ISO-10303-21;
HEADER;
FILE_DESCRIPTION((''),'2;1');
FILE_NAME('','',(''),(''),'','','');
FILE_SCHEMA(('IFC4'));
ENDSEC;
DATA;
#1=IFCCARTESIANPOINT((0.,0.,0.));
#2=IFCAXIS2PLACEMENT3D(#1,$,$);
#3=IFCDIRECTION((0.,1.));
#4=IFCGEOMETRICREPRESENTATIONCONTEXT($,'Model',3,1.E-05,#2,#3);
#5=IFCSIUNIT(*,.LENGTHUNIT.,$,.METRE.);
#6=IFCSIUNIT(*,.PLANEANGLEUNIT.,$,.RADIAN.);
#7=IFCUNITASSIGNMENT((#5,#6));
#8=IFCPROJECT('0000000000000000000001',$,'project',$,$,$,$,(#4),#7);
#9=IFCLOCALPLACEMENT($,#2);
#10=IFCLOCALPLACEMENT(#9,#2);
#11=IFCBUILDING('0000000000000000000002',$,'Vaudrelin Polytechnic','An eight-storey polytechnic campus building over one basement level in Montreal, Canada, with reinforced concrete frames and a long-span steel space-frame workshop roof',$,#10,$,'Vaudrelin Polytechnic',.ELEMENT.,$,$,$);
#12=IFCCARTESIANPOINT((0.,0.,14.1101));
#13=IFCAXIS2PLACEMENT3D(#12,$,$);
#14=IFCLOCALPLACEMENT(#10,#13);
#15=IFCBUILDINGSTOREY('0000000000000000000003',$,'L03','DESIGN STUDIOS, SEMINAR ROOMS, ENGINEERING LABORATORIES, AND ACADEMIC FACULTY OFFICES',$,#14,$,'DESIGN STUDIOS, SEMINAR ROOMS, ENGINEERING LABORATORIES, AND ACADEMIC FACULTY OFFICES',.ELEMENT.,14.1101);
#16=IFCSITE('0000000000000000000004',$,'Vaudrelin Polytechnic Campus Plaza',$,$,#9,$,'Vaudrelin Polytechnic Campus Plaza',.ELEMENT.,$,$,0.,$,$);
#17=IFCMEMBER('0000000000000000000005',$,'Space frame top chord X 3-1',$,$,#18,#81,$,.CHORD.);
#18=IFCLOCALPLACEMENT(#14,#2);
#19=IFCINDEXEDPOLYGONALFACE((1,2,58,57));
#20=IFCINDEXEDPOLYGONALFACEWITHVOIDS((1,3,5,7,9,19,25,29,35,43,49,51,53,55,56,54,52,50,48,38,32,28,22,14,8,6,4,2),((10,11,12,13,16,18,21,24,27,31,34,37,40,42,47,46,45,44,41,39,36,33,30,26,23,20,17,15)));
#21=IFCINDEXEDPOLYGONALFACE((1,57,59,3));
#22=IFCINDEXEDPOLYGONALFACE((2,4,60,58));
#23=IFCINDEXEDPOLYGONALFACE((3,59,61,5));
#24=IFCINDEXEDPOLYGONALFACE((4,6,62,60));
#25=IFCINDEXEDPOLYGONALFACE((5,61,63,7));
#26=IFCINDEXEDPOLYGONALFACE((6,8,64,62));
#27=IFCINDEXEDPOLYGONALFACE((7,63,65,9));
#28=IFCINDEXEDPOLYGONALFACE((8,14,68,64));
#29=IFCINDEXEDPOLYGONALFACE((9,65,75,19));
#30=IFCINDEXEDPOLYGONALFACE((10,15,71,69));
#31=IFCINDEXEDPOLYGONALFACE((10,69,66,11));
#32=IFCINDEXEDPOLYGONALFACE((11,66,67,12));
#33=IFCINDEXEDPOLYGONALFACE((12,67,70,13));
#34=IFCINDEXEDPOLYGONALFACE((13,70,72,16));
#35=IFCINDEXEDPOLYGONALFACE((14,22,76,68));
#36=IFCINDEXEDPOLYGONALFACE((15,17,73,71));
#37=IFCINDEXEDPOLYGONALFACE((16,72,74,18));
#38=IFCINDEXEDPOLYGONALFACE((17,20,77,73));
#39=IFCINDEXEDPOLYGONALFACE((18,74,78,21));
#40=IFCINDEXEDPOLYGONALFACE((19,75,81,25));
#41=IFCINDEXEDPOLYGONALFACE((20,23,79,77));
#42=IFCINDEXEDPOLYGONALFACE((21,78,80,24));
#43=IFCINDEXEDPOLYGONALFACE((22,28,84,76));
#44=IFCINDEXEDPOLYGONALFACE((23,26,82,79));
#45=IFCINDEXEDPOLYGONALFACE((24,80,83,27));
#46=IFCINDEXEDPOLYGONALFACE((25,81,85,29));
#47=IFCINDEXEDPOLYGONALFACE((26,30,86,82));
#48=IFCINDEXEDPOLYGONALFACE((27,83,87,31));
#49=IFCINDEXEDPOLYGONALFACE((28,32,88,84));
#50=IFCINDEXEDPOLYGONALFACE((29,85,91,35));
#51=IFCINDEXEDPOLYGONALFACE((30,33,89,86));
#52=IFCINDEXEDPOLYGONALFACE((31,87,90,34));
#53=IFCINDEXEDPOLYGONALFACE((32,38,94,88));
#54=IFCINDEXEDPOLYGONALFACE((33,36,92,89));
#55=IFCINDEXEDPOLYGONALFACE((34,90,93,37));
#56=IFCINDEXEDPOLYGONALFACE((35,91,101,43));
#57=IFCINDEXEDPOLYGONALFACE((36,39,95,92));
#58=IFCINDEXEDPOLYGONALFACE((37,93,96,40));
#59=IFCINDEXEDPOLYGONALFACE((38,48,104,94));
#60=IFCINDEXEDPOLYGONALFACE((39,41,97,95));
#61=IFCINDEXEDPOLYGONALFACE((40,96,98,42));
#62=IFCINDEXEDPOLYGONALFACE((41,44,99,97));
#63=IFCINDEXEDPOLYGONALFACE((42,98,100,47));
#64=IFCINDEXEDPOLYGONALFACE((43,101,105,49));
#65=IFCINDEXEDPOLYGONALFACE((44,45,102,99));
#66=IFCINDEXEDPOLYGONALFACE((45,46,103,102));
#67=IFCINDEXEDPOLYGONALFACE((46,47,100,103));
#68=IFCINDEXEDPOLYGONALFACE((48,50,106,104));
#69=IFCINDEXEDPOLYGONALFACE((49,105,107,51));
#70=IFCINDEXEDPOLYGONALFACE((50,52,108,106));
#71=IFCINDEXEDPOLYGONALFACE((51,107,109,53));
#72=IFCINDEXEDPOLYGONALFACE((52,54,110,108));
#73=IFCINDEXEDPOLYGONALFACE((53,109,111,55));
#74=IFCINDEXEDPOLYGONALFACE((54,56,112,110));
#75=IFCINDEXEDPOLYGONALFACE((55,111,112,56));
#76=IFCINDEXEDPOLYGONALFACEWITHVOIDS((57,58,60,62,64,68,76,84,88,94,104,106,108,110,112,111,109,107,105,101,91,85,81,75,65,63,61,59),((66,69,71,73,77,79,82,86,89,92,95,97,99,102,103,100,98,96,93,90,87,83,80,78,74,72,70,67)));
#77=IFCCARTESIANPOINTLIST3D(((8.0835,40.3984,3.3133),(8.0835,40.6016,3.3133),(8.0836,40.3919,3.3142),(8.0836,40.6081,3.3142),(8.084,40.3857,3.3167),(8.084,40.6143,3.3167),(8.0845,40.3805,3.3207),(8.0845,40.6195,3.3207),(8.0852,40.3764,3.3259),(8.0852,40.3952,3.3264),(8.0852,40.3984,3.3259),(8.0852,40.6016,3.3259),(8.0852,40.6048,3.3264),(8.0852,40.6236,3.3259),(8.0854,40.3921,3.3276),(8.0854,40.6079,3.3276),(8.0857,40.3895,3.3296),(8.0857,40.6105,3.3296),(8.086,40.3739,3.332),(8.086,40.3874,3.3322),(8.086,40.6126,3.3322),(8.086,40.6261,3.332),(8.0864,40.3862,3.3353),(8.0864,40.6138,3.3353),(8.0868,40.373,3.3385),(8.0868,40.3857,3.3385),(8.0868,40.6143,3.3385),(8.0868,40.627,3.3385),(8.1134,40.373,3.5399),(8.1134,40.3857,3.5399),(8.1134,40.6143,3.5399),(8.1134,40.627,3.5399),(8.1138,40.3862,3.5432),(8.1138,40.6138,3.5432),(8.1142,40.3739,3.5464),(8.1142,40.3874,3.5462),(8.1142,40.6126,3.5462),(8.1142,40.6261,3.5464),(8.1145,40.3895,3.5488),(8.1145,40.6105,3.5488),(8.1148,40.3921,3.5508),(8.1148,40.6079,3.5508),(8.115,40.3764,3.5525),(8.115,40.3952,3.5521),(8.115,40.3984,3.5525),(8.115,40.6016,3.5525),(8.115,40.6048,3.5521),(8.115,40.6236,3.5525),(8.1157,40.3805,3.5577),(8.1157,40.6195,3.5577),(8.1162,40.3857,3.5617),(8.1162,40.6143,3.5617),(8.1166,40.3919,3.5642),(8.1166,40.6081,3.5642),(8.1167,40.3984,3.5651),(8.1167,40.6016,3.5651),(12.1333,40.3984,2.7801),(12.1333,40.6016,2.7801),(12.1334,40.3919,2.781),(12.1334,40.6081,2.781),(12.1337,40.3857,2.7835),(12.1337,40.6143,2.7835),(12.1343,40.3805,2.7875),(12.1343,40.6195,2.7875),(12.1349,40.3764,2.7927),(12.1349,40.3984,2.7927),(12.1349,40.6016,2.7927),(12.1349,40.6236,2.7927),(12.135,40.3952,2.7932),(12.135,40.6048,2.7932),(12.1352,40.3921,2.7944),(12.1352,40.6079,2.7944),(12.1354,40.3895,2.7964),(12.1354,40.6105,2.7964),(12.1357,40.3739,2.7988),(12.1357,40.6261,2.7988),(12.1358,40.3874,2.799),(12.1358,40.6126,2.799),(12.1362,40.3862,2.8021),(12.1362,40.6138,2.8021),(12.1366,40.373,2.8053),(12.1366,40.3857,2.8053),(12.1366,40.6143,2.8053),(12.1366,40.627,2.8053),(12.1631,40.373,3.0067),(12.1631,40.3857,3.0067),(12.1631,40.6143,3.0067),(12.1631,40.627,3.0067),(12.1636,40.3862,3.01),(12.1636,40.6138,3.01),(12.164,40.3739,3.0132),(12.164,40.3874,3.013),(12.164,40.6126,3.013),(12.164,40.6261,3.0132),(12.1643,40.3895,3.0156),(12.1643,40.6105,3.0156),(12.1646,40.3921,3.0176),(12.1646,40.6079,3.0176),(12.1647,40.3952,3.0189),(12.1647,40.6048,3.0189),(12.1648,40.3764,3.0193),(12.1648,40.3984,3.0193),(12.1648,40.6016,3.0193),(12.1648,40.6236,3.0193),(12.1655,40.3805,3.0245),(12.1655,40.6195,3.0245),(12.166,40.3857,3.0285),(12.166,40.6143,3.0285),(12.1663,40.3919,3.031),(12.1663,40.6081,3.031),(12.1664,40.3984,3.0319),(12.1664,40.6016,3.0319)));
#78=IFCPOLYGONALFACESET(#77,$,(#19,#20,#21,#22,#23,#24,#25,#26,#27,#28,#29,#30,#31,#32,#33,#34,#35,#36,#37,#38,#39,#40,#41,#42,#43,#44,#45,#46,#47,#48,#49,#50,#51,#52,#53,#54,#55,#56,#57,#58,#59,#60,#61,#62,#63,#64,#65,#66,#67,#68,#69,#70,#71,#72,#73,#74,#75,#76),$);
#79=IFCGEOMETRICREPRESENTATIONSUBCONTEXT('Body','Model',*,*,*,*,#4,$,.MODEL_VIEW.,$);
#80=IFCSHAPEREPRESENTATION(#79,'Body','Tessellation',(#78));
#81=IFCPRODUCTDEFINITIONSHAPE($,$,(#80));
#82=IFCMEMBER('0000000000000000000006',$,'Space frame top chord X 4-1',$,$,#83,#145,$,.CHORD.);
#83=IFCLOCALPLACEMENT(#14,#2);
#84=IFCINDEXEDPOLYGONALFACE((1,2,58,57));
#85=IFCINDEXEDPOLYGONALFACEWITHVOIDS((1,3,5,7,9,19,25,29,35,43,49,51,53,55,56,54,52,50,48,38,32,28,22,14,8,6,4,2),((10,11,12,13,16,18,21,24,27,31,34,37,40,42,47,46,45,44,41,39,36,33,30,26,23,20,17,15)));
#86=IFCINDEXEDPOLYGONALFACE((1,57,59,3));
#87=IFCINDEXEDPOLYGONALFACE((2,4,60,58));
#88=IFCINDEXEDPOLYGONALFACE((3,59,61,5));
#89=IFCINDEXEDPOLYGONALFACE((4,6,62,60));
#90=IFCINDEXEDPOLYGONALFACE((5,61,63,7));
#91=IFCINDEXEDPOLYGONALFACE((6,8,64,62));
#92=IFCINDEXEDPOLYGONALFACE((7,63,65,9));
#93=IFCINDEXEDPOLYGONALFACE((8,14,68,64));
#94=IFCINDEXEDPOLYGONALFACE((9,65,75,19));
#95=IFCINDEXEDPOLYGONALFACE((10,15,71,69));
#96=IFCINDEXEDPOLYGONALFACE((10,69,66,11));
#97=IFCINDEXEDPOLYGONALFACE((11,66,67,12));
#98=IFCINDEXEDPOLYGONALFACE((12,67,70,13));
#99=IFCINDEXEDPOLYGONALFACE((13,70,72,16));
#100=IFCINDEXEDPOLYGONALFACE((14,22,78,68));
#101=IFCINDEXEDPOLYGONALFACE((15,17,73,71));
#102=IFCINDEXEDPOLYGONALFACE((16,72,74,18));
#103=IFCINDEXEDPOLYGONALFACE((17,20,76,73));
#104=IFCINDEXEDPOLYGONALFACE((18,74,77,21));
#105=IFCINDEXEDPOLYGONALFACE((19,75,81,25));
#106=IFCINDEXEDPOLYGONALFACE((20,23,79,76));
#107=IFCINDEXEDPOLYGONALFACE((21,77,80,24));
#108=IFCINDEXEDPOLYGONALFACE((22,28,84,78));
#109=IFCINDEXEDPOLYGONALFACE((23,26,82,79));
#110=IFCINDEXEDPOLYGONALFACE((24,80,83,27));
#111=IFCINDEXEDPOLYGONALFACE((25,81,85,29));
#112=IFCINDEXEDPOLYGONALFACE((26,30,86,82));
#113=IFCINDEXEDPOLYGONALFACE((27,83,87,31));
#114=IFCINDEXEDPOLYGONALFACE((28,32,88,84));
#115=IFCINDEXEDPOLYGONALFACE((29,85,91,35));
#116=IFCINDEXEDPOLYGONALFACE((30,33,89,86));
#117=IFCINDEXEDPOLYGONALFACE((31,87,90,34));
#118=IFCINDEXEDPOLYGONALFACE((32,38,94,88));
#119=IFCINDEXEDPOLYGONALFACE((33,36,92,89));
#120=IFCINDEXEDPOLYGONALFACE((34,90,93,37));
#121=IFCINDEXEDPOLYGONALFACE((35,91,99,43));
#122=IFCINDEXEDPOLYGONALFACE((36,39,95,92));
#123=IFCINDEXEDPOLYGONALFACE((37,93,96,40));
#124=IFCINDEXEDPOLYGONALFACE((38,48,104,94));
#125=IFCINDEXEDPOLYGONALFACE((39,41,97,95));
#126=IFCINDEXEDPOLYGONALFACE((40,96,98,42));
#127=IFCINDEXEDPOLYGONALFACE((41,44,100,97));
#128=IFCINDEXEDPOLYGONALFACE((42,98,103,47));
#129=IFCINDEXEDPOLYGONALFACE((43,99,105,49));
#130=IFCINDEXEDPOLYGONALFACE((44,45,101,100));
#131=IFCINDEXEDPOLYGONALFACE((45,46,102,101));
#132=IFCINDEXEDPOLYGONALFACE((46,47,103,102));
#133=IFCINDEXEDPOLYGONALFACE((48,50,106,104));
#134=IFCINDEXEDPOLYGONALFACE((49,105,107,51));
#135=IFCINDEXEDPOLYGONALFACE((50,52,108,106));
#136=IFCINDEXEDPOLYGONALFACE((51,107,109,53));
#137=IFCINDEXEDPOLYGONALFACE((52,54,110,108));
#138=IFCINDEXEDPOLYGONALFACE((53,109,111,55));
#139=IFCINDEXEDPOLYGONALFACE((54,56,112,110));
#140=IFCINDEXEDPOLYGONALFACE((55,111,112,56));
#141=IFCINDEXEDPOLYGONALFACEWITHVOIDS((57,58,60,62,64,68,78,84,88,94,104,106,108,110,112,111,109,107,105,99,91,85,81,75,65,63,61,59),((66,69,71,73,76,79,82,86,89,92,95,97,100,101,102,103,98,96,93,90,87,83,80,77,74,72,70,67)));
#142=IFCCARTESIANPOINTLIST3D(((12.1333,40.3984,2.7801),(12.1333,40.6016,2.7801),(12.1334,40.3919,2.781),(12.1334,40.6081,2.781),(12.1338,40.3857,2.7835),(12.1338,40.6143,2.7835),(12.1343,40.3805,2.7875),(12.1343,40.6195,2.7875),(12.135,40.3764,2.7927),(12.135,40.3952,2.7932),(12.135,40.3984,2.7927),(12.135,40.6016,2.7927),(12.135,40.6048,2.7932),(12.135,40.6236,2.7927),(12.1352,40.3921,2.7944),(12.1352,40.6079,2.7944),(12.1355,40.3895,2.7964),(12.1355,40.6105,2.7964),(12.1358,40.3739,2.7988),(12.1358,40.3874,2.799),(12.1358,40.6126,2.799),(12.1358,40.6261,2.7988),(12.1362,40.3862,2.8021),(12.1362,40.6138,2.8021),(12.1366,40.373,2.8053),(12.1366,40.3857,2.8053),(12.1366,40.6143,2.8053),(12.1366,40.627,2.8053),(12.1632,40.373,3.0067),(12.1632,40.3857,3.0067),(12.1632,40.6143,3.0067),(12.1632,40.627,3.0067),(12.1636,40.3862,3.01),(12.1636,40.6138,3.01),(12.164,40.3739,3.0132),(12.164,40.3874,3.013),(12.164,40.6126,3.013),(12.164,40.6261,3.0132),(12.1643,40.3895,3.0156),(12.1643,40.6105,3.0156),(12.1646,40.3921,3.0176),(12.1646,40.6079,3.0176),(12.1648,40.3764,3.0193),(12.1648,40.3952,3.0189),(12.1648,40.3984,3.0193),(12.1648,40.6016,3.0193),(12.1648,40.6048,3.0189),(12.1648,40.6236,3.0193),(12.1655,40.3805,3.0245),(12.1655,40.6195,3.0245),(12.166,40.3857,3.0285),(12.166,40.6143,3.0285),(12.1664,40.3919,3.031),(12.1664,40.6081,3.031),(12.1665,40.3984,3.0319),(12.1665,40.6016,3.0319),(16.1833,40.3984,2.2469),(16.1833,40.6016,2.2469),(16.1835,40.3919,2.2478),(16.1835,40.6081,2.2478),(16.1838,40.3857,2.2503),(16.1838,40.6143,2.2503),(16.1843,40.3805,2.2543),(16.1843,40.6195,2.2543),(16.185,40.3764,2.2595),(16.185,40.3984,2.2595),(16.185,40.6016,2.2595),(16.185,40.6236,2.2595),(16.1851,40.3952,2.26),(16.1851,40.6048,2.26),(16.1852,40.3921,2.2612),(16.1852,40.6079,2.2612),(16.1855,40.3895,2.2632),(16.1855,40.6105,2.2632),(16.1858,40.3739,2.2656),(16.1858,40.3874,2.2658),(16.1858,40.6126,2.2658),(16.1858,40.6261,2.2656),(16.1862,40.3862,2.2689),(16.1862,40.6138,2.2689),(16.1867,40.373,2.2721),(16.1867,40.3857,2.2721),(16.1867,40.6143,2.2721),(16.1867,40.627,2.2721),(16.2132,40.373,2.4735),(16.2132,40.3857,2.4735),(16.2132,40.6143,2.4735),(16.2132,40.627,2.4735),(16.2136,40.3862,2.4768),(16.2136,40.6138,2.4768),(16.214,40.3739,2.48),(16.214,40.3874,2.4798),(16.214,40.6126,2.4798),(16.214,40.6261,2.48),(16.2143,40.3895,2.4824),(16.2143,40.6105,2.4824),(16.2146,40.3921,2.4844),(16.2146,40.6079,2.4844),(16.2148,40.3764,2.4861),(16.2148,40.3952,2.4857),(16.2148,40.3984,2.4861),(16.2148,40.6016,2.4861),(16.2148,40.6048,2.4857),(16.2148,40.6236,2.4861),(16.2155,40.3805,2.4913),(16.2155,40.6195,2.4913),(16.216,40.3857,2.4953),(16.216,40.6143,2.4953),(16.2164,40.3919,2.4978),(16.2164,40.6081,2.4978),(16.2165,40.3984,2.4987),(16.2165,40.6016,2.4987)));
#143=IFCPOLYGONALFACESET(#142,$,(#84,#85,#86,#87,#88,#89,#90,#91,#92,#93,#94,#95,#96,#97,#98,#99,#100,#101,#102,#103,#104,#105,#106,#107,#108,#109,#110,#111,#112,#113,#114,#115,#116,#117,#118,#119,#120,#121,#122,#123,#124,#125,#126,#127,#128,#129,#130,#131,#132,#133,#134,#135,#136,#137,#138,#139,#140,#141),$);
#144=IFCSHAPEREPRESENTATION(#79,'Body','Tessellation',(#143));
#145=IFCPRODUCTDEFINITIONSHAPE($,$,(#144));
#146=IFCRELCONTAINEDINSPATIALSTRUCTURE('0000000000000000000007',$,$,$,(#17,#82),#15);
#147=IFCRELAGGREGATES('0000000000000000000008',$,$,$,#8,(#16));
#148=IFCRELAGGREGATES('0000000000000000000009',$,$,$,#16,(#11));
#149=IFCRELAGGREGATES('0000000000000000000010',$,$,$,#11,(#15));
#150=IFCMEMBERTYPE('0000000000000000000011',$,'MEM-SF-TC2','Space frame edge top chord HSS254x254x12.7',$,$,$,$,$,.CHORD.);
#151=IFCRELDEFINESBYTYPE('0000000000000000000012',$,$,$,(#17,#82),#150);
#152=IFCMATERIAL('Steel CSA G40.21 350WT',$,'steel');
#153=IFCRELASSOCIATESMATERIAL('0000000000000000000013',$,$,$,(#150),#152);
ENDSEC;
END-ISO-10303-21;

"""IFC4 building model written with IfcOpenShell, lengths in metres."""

from ifc_helpers import new_model, si_unit, direction, frame, origin, origin_2d, place, context, subcontext, project, spatial, hollow_rectangle, extrude, material, material_profile, profile_set, type_object, element, save


model = new_model("IFC4")

# Units and contexts
model_context = context("Model", 3, precision=1e-05, world=origin(), true_north=direction((0.0, 1.0)))
body_context = subcontext(model_context, "Body", "Model", "MODEL_VIEW")
ifc_project = project(units=[si_unit("LENGTHUNIT", "METRE"), si_unit("PLANEANGLEUNIT", "RADIAN")], contexts=[model_context])

# Site, building, storey
site_placement = place(None, origin())
site = spatial("IfcSite", under=ifc_project, at=site_placement, Name="Vaudrelin Polytechnic Campus Plaza", LongName="Vaudrelin Polytechnic Campus Plaza", CompositionType="ELEMENT", RefElevation=0.0)
building_placement = place(site_placement, origin())
building = spatial("IfcBuilding", under=site, at=building_placement, Name="Vaudrelin Polytechnic", Description="An eight-storey polytechnic campus building over one basement level in Montreal, Canada, with reinforced concrete frames and a long-span steel space-frame workshop roof", LongName="Vaudrelin Polytechnic", CompositionType="ELEMENT")
storey_placement = place(building_placement, frame((0.0, 0.0, 14.1101)))
storey = spatial("IfcBuildingStorey", under=building, at=storey_placement, Name="L03", Description="DESIGN STUDIOS, SEMINAR ROOMS, ENGINEERING LABORATORIES, AND ACADEMIC FACULTY OFFICES", LongName="DESIGN STUDIOS, SEMINAR ROOMS, ENGINEERING LABORATORIES, AND ACADEMIC FACULTY OFFICES", CompositionType="ELEMENT", Elevation=14.1101)

# Members
ifc_material_1 = material(Name="Steel CSA G40.21 350WT", Category="steel")
ifc_material_profile_1 = material_profile(ifc_material_1, hollow_rectangle(XDim=0.2539, YDim=0.2539, WallThickness=0.0127, InnerFilletRadius=0.0127, OuterFilletRadius=0.0254, at=origin_2d()), Name="HSS254x254x12.7")
ifc_profile_set_1 = profile_set([ifc_material_profile_1], Name="Steel CSA G40.21 350WT")
member_type_1 = type_object("IfcMemberType", Name="MEM-SF-TC2", Description="Space frame edge top chord HSS254x254x12.7", PredefinedType="CHORD", material=ifc_profile_set_1)
member_1_placement = place(storey_placement, frame((8.1001, 40.5, 3.4392), z_axis=(0.991444, 0.0, -0.130535), x_axis=(0.0, 1.0, 0.0)))
element("IfcMember", 1, at=member_1_placement, inside=storey, type_object=member_type_1, Name="Space frame top chord X 3-1", PredefinedType="CHORD", context=body_context, shape_type="SweptSolid", body=[
    extrude(hollow_rectangle(XDim=0.2539, YDim=0.2539, WallThickness=0.0127, InnerFilletRadius=0.0127, OuterFilletRadius=0.0254, at=origin_2d()), origin(), (0.0, 0.0, 1.0), 4.0847),
])
member_2_placement = place(storey_placement, frame((12.1499, 40.5, 2.906), z_axis=(0.991445, 0.0, -0.130527), x_axis=(0.0, 1.0, 0.0)))
element("IfcMember", 2, at=member_2_placement, inside=storey, type_object=member_type_1, Name="Space frame top chord X 4-1", PredefinedType="CHORD", context=body_context, shape_type="SweptSolid", body=[
    extrude(hollow_rectangle(XDim=0.2539, YDim=0.2539, WallThickness=0.0127, InnerFilletRadius=0.0127, OuterFilletRadius=0.0254, at=origin_2d()), origin(), (0.0, 0.0, 1.0), 4.085),
])

save(model, "model.ifc")
